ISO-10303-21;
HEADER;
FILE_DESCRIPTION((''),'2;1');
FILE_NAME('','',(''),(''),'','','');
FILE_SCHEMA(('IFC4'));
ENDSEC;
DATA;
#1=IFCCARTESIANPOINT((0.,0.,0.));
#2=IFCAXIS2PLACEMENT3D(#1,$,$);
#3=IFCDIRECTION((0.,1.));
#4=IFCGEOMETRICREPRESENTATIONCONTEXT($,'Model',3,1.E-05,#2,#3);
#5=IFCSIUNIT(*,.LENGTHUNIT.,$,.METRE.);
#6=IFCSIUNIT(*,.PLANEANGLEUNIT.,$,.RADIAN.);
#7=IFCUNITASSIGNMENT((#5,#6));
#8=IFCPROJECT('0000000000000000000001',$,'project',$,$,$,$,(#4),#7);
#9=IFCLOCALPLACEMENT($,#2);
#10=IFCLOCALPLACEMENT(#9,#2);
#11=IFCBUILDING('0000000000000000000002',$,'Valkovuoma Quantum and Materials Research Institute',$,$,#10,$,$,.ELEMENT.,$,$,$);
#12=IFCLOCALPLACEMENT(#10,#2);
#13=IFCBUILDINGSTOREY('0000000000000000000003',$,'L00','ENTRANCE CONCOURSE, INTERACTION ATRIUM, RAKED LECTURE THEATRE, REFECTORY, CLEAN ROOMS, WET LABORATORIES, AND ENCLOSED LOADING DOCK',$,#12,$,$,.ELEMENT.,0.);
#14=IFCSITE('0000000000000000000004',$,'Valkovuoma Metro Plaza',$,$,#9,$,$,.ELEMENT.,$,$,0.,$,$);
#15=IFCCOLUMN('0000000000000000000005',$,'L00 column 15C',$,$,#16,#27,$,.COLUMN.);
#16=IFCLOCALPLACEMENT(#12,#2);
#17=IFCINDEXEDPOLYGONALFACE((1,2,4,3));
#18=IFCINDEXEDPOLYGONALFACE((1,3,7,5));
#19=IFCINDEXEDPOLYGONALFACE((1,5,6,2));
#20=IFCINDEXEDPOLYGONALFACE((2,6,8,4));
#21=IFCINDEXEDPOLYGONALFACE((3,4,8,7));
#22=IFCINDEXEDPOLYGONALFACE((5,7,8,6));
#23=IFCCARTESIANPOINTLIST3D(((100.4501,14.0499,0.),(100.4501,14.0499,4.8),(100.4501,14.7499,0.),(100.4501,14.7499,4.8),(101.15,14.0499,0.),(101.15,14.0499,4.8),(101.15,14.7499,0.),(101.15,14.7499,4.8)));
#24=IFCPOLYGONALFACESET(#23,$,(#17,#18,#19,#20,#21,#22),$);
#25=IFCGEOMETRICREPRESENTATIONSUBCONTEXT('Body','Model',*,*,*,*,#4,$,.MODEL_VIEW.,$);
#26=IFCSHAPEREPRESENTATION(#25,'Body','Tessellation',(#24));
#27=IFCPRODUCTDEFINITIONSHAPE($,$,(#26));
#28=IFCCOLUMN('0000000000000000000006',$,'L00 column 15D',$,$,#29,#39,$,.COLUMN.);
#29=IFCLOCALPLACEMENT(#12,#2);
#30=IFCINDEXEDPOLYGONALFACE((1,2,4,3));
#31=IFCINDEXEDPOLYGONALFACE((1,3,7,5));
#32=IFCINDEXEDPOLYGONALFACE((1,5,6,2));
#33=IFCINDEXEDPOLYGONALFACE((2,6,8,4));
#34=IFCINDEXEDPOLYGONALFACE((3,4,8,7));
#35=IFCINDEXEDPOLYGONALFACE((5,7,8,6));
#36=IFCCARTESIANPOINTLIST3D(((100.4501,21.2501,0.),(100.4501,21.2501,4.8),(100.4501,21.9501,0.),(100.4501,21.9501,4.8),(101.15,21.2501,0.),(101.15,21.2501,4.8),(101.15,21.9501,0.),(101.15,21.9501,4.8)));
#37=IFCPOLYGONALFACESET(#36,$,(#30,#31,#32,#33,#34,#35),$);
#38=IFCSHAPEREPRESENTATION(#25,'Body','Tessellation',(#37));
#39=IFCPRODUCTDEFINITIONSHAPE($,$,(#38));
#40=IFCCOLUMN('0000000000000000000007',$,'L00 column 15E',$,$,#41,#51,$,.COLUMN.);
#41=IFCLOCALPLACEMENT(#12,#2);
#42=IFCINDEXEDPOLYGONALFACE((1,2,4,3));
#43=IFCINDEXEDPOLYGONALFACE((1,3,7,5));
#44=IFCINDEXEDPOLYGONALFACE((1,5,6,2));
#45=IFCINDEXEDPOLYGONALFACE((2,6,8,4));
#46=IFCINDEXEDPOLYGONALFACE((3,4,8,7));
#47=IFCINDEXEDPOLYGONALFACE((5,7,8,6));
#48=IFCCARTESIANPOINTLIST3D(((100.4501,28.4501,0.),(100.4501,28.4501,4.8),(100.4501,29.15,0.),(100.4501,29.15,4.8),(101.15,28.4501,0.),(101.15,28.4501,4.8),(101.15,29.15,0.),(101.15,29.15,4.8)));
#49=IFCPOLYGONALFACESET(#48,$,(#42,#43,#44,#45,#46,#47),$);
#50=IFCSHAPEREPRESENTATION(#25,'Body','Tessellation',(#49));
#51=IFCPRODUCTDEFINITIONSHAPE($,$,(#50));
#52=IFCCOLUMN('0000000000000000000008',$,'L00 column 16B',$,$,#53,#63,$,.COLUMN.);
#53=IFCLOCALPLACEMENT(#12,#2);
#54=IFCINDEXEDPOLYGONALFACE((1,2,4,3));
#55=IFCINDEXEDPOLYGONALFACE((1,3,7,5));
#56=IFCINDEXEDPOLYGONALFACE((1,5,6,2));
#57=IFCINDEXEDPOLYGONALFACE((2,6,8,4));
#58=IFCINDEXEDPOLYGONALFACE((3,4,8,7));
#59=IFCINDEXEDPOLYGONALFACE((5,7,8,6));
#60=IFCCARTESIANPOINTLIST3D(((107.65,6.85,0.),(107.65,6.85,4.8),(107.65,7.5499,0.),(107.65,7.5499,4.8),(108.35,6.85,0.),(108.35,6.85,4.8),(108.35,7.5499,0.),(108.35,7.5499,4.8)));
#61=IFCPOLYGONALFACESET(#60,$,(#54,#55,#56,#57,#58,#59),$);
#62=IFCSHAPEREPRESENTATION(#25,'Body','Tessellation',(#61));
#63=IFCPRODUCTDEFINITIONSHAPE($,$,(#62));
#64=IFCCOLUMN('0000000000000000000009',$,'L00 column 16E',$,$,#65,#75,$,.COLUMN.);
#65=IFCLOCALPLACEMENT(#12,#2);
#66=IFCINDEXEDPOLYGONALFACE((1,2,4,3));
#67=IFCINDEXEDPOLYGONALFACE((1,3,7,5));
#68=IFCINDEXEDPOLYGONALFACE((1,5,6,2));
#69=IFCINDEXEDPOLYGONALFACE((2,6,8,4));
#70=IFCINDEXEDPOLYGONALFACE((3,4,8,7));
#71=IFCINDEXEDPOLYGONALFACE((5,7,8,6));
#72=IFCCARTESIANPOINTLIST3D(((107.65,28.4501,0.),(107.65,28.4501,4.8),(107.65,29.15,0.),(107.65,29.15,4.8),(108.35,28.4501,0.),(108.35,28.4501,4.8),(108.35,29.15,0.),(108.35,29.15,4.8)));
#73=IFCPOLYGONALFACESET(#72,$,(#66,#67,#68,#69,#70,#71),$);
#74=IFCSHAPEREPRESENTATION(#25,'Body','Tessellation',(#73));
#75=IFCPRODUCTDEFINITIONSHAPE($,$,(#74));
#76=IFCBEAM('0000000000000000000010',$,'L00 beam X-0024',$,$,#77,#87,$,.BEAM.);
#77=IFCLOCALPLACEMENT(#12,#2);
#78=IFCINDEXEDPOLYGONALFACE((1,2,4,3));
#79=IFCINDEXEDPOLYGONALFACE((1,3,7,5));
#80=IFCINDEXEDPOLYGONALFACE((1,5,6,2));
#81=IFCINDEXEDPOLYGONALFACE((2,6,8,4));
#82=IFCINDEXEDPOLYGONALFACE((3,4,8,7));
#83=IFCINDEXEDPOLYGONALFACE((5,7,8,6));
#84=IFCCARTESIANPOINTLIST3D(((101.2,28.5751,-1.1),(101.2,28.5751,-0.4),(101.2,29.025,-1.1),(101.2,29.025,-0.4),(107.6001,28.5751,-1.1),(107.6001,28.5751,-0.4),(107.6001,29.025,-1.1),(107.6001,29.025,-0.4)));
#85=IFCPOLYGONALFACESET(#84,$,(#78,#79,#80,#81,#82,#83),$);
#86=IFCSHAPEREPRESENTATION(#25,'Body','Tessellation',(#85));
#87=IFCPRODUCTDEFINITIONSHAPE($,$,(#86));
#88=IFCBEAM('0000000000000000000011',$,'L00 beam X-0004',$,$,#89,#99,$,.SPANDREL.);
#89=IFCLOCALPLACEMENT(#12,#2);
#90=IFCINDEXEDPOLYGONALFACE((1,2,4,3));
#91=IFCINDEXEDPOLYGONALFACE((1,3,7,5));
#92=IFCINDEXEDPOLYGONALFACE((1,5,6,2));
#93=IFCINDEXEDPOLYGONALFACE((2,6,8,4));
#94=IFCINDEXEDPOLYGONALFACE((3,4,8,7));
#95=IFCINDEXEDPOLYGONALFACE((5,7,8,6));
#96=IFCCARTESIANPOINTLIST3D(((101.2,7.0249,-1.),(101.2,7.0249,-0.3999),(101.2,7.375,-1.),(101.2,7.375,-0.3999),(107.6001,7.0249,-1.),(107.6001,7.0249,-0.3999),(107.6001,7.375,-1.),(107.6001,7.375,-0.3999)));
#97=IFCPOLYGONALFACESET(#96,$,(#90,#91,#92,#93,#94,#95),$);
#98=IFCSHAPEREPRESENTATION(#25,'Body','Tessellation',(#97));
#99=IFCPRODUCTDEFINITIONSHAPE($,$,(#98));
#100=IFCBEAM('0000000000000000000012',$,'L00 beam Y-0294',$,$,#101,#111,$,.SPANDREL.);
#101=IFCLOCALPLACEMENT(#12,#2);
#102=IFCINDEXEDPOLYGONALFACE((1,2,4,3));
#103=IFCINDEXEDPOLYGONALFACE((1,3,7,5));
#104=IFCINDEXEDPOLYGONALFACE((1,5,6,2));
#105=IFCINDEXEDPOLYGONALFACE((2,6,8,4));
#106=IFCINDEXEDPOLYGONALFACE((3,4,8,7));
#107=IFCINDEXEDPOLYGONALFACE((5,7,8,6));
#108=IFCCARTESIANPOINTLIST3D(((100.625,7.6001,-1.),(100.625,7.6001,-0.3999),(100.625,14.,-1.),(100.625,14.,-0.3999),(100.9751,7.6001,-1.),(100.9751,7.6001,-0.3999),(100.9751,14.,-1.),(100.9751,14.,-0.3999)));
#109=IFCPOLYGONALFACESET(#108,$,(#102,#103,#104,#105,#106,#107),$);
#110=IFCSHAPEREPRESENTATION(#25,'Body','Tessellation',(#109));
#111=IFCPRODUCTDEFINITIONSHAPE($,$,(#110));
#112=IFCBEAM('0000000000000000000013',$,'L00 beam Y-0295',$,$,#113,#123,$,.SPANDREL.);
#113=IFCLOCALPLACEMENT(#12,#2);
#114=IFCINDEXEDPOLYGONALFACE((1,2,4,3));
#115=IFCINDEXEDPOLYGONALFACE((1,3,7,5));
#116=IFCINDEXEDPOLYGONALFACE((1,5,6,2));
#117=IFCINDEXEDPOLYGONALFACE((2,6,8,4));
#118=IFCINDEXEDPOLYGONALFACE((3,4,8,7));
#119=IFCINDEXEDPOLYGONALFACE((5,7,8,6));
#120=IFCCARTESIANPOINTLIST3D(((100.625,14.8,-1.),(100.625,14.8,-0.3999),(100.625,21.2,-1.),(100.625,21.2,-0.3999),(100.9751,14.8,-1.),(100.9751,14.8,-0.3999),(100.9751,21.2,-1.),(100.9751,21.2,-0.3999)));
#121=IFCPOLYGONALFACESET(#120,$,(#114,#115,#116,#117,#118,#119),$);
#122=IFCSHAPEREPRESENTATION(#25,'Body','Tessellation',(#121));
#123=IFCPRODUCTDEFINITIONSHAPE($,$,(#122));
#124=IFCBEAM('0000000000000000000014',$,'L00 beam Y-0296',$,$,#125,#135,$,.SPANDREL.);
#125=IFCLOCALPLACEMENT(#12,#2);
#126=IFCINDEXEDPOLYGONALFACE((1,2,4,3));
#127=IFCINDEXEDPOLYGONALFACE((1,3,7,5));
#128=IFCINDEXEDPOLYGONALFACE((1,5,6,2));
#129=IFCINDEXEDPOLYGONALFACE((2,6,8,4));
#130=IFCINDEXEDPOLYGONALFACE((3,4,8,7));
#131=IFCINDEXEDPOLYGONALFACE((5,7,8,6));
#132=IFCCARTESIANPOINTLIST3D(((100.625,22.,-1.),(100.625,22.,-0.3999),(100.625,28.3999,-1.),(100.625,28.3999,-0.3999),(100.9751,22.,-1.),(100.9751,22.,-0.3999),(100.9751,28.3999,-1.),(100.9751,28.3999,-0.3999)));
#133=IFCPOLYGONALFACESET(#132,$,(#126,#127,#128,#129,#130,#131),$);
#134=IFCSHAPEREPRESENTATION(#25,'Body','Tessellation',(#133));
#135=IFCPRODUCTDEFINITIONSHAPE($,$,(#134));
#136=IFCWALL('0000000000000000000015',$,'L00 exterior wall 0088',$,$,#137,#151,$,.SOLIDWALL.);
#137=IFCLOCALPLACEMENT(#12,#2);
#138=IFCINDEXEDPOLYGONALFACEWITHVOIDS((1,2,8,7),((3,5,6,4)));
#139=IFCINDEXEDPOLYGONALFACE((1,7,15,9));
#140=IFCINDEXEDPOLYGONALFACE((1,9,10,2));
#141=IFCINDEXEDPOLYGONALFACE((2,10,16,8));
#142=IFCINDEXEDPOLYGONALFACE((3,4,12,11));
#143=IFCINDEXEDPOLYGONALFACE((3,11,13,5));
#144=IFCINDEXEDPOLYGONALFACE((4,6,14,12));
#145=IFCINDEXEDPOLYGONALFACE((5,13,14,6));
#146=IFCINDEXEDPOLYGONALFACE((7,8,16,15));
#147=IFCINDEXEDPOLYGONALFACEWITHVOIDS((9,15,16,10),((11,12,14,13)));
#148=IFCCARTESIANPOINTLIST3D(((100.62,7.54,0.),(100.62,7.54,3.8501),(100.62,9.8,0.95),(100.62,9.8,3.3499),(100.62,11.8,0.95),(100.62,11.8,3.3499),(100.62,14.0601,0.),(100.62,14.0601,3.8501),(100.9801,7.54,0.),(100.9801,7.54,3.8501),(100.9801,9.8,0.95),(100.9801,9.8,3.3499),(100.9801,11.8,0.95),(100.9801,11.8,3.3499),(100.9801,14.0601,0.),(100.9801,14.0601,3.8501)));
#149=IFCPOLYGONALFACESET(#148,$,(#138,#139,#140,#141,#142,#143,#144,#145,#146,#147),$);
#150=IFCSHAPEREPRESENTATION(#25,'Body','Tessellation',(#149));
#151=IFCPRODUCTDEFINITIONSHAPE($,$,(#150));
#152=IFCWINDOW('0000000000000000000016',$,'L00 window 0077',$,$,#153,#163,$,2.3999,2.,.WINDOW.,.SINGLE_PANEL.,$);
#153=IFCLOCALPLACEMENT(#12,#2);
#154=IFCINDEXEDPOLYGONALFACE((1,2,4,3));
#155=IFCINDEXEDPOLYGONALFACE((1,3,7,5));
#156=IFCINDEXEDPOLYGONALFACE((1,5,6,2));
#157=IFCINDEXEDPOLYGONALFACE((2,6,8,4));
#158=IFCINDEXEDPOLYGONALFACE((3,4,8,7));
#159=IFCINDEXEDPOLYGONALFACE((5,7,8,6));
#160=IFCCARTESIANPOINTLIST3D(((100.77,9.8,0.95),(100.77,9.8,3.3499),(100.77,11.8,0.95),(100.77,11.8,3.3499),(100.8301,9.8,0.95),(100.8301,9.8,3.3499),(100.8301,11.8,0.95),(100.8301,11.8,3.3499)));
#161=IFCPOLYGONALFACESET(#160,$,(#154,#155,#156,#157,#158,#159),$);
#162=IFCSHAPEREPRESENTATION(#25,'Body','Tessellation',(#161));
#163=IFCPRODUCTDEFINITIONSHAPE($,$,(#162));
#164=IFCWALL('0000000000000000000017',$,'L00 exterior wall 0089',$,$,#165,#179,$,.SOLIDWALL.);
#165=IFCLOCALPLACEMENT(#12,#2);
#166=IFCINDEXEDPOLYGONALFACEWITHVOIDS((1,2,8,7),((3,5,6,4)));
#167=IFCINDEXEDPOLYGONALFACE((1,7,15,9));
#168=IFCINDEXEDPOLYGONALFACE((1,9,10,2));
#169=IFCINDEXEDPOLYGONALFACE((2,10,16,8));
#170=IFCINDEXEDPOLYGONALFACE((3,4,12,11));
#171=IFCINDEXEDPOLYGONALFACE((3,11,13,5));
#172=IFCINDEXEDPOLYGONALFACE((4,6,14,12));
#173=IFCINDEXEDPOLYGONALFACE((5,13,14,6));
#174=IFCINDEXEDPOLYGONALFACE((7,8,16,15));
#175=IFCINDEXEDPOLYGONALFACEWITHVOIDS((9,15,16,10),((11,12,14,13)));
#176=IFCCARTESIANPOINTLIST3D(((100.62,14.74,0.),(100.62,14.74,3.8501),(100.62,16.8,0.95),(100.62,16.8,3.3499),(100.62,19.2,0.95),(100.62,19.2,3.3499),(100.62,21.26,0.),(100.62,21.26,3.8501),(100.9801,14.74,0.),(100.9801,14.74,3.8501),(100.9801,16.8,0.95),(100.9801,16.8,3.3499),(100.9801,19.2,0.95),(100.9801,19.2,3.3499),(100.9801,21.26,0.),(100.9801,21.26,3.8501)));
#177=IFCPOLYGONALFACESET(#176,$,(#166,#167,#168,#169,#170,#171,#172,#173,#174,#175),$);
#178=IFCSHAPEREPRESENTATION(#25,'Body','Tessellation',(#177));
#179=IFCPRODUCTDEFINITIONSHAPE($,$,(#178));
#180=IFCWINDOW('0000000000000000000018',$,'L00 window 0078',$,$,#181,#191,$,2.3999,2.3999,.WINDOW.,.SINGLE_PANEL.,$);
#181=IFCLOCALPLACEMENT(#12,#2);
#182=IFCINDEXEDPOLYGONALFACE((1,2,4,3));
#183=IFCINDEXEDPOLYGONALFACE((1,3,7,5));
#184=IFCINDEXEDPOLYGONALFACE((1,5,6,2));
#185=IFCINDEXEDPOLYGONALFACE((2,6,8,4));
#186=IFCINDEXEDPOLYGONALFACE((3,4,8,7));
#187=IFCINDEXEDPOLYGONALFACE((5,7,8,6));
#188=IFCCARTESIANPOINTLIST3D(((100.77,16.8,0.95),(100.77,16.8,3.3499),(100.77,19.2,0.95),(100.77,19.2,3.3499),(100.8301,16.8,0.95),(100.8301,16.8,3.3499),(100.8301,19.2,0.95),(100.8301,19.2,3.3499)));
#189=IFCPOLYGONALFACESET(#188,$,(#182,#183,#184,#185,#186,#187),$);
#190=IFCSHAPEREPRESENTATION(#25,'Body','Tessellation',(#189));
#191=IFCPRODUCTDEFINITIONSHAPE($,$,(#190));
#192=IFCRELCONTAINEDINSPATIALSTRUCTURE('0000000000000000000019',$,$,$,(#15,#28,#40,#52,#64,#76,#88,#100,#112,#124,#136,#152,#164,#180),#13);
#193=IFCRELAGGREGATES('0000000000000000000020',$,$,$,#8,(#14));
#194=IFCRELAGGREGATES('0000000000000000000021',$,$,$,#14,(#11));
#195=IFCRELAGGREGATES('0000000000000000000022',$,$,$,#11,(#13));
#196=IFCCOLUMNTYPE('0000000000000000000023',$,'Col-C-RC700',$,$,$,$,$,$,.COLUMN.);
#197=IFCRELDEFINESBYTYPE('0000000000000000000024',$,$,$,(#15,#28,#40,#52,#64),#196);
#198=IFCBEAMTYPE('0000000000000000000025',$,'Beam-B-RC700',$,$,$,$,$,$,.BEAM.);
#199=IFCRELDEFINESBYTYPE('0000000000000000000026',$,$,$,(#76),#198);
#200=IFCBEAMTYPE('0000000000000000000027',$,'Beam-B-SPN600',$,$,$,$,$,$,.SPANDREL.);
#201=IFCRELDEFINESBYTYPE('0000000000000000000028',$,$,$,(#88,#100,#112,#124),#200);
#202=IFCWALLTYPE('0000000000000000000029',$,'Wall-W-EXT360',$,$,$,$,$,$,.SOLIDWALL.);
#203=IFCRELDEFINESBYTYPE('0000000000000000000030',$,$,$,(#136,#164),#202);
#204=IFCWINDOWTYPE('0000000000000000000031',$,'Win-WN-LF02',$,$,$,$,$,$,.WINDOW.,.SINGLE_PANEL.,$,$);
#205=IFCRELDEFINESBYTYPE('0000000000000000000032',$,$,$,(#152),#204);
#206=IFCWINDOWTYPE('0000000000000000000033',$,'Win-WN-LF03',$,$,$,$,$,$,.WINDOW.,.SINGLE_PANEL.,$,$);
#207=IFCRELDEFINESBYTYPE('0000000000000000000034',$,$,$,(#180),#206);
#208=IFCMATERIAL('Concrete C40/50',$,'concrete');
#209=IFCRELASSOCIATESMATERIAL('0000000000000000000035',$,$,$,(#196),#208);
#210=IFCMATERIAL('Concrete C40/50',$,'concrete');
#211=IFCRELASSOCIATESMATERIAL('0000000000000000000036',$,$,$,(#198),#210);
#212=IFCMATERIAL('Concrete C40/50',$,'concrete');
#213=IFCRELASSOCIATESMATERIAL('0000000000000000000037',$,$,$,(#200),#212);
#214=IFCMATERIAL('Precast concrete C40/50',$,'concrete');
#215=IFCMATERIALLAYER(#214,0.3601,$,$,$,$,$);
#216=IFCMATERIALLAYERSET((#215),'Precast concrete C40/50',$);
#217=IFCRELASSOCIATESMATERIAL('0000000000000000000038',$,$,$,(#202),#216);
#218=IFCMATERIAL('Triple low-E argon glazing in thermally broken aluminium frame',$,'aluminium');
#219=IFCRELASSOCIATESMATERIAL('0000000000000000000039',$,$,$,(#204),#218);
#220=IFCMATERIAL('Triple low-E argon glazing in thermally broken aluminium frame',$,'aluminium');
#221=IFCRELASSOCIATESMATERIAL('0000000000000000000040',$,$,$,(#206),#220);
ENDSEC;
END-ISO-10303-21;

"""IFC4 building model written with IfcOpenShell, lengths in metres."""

from ifc_helpers import new_model, si_unit, direction, frame, frame_2d, origin, origin_2d, place, context, subcontext, project, spatial, rectangle, extrude, material, layer, layer_set, material_profile, profile_set, type_object, element, fill, save


model = new_model("IFC4")

# Units and contexts
model_context = context("Model", 3, precision=1e-05, world=origin(), true_north=direction((0.0, 1.0)))
body_context = subcontext(model_context, "Body", "Model", "MODEL_VIEW")
ifc_project = project(units=[si_unit("LENGTHUNIT", "METRE"), si_unit("PLANEANGLEUNIT", "RADIAN")], contexts=[model_context])

# Site, building, storey
site_placement = place(None, origin())
site = spatial("IfcSite", under=ifc_project, at=site_placement, Name="Valkovuoma Metro Plaza", CompositionType="ELEMENT", RefElevation=0.0)
building_placement = place(site_placement, origin())
building = spatial("IfcBuilding", under=site, at=building_placement, Name="Valkovuoma Quantum and Materials Research Institute", CompositionType="ELEMENT")
storey_placement = place(building_placement, origin())
storey = spatial("IfcBuildingStorey", under=building, at=storey_placement, Name="L00", Description="ENTRANCE CONCOURSE, INTERACTION ATRIUM, RAKED LECTURE THEATRE, REFECTORY, CLEAN ROOMS, WET LABORATORIES, AND ENCLOSED LOADING DOCK", CompositionType="ELEMENT", Elevation=0.0)

# Columns
ifc_material_1 = material(Name="Concrete C40/50", Category="concrete")
ifc_material_profile_1 = material_profile(ifc_material_1, rectangle(XDim=0.7, YDim=0.7, at=origin_2d()), Name="Concrete C40/50")
ifc_profile_set_1 = profile_set([ifc_material_profile_1], Name="Concrete C40/50")
column_type = type_object("IfcColumnType", Name="Col-C-RC700", PredefinedType="COLUMN", material=ifc_profile_set_1)
for number, where, z_axis, x_axis, name in (
    (1, (100.8, 14.3999, 0.0), (0.0, 0.0, 1.0), (1.0, 0.0, 0.0), "L00 column 15C"),
    (2, (100.8, 21.6001, 0.0), (0.0, 0.0, 1.0), (1.0, 0.0, 0.0), "L00 column 15D"),
    (3, (100.8, 28.8, 0.0), (0.0, 0.0, 1.0), (1.0, 0.0, 0.0), "L00 column 15E"),
    (4, (108.0, 7.2, 0.0), (0.0, 0.0, 1.0), (1.0, 0.0, 0.0), "L00 column 16B"),
    (5, (108.0, 28.8, 0.0), (0.0, 0.0, 1.0), (1.0, 0.0, 0.0), "L00 column 16E"),
):
    element("IfcColumn", number, at=place(storey_placement, frame(where, z_axis=z_axis, x_axis=x_axis)), inside=storey, type_object=column_type, Name=name, PredefinedType="COLUMN", context=body_context, shape_type="SweptSolid", body=[
        extrude(rectangle(XDim=0.7, YDim=0.7, at=origin_2d()), origin(), (0.0, 0.0, 1.0), 4.8),
    ])

# Beams
ifc_material_2 = material(Name="Concrete C40/50", Category="concrete")
ifc_material_profile_2 = material_profile(ifc_material_2, rectangle(XDim=0.45, YDim=0.7, at=origin_2d()), Name="Concrete C40/50")
ifc_profile_set_2 = profile_set([ifc_material_profile_2], Name="Concrete C40/50")
beam_type_1 = type_object("IfcBeamType", Name="Beam-B-RC700", PredefinedType="BEAM", material=ifc_profile_set_2)
beam_1_placement = place(storey_placement, frame((101.2, 28.8, -0.75), z_axis=(1.0, 0.0, 0.0), x_axis=(0.0, 1.0, 0.0)))
element("IfcBeam", 6, at=beam_1_placement, inside=storey, type_object=beam_type_1, Name="L00 beam X-0024", PredefinedType="BEAM", context=body_context, shape_type="SweptSolid", body=[
    extrude(rectangle(XDim=0.45, YDim=0.7, at=origin_2d()), origin(), (0.0, 0.0, 1.0), 6.4001),
])
ifc_material_3 = material(Name="Concrete C40/50", Category="concrete")
ifc_material_profile_3 = material_profile(ifc_material_3, rectangle(XDim=0.3501, YDim=0.6001, at=origin_2d()), Name="Concrete C40/50")
ifc_profile_set_3 = profile_set([ifc_material_profile_3], Name="Concrete C40/50")
beam_type_2 = type_object("IfcBeamType", Name="Beam-B-SPN600", PredefinedType="SPANDREL", material=ifc_profile_set_3)
beam_2_placement = place(storey_placement, frame((101.2, 7.2, -0.7), z_axis=(1.0, 0.0, 0.0), x_axis=(0.0, 1.0, 0.0)))
element("IfcBeam", 7, at=beam_2_placement, inside=storey, type_object=beam_type_2, Name="L00 beam X-0004", PredefinedType="SPANDREL", context=body_context, shape_type="SweptSolid", body=[
    extrude(rectangle(XDim=0.3501, YDim=0.6001, at=origin_2d()), origin(), (0.0, 0.0, 1.0), 6.4001),
])
for number, where, z_axis, x_axis, name in (
    (8, (100.8, 7.6001, -0.7), (0.0, 1.0, 0.0), (-1.0, 0.0, 0.0), "L00 beam Y-0294"),
    (9, (100.8, 14.8, -0.7), (0.0, 1.0, 0.0), (-1.0, 0.0, 0.0), "L00 beam Y-0295"),
    (10, (100.8, 22.0, -0.7), (0.0, 1.0, 0.0), (-1.0, 0.0, 0.0), "L00 beam Y-0296"),
):
    element("IfcBeam", number, at=place(storey_placement, frame(where, z_axis=z_axis, x_axis=x_axis)), inside=storey, type_object=beam_type_2, Name=name, PredefinedType="SPANDREL", context=body_context, shape_type="SweptSolid", body=[
        extrude(rectangle(XDim=0.3501, YDim=0.6001, at=origin_2d()), origin(), (0.0, 0.0, 1.0), 6.3999),
    ])

# Walls, openings, windows
ifc_material_4 = material(Name="Precast concrete C40/50", Category="concrete")
ifc_layer_1 = layer(ifc_material_4, 0.3601)
ifc_layer_set_1 = layer_set([ifc_layer_1], Name="Precast concrete C40/50")
wall_type_1 = type_object("IfcWallType", Name="Wall-W-EXT360", PredefinedType="SOLIDWALL", material=ifc_layer_set_1)
wall_1_placement = place(storey_placement, frame((100.8, 7.54, 0.0), z_axis=(0.0, 0.0, 1.0), x_axis=(0.0, 1.0, 0.0)))
wall_1 = element("IfcWall", 11, at=wall_1_placement, inside=storey, type_object=wall_type_1, Name="L00 exterior wall 0088", PredefinedType="SOLIDWALL", context=body_context, shape_type="SweptSolid", body=[
    extrude(rectangle(XDim=6.52, YDim=0.3601, at=frame_2d((3.26, 0.0))), origin(), (0.0, 0.0, 1.0), 3.8501),
])
opening_1_placement = place(wall_1_placement, frame((2.26, 0.0, 0.95)))
opening_1 = element("IfcOpeningElement", 12, at=opening_1_placement, cuts=wall_1, PredefinedType="OPENING", context=body_context, shape_type="SweptSolid", body=[
    extrude(rectangle(XDim=2.0, YDim=2.3999, at=frame_2d((1.0, 1.2))), frame((0.0, 0.1899, 0.0), z_axis=(0.0, -1.0, 0.0), x_axis=(1.0, 0.0, 0.0)), (0.0, 0.0, 1.0), 0.3801),
])
ifc_material_5 = material(Name="Triple low-E argon glazing in thermally broken aluminium frame", Category="aluminium")
window_type_1 = type_object("IfcWindowType", Name="Win-WN-LF02", PartitioningType="SINGLE_PANEL", PredefinedType="WINDOW", material=ifc_material_5)
window_1_placement = place(opening_1_placement, origin())
window_1 = element("IfcWindow", 13, at=window_1_placement, inside=storey, type_object=window_type_1, Name="L00 window 0077", OverallHeight=2.3999, OverallWidth=2.0, PartitioningType="SINGLE_PANEL", PredefinedType="WINDOW", context=body_context, shape_type="SweptSolid", body=[
    extrude(rectangle(XDim=2.0, YDim=2.3999, at=frame_2d((1.0, 1.2))), frame((0.0, 0.03, 0.0), z_axis=(0.0, -1.0, 0.0), x_axis=(1.0, 0.0, 0.0)), (0.0, 0.0, 1.0), 0.0601),
])
fill(opening_1, window_1)
wall_2_placement = place(storey_placement, frame((100.8, 14.74, 0.0), z_axis=(0.0, 0.0, 1.0), x_axis=(0.0, 1.0, 0.0)))
wall_2 = element("IfcWall", 14, at=wall_2_placement, inside=storey, type_object=wall_type_1, Name="L00 exterior wall 0089", PredefinedType="SOLIDWALL", context=body_context, shape_type="SweptSolid", body=[
    extrude(rectangle(XDim=6.52, YDim=0.3601, at=frame_2d((3.26, 0.0))), origin(), (0.0, 0.0, 1.0), 3.8501),
])
opening_2_placement = place(wall_2_placement, frame((2.0601, 0.0, 0.95)))
opening_2 = element("IfcOpeningElement", 15, at=opening_2_placement, cuts=wall_2, PredefinedType="OPENING", context=body_context, shape_type="SweptSolid", body=[
    extrude(rectangle(XDim=2.3999, YDim=2.3999, at=frame_2d((1.2, 1.2))), frame((0.0, 0.1899, 0.0), z_axis=(0.0, -1.0, 0.0), x_axis=(1.0, 0.0, 0.0)), (0.0, 0.0, 1.0), 0.3801),
])
ifc_material_6 = material(Name="Triple low-E argon glazing in thermally broken aluminium frame", Category="aluminium")
window_type_2 = type_object("IfcWindowType", Name="Win-WN-LF03", PartitioningType="SINGLE_PANEL", PredefinedType="WINDOW", material=ifc_material_6)
window_2_placement = place(opening_2_placement, origin())
window_2 = element("IfcWindow", 16, at=window_2_placement, inside=storey, type_object=window_type_2, Name="L00 window 0078", OverallHeight=2.3999, OverallWidth=2.3999, PartitioningType="SINGLE_PANEL", PredefinedType="WINDOW", context=body_context, shape_type="SweptSolid", body=[
    extrude(rectangle(XDim=2.3999, YDim=2.3999, at=frame_2d((1.2, 1.2))), frame((0.0, 0.03, 0.0), z_axis=(0.0, -1.0, 0.0), x_axis=(1.0, 0.0, 0.0)), (0.0, 0.0, 1.0), 0.0601),
])
fill(opening_2, window_2)

save(model, "model.ifc")
